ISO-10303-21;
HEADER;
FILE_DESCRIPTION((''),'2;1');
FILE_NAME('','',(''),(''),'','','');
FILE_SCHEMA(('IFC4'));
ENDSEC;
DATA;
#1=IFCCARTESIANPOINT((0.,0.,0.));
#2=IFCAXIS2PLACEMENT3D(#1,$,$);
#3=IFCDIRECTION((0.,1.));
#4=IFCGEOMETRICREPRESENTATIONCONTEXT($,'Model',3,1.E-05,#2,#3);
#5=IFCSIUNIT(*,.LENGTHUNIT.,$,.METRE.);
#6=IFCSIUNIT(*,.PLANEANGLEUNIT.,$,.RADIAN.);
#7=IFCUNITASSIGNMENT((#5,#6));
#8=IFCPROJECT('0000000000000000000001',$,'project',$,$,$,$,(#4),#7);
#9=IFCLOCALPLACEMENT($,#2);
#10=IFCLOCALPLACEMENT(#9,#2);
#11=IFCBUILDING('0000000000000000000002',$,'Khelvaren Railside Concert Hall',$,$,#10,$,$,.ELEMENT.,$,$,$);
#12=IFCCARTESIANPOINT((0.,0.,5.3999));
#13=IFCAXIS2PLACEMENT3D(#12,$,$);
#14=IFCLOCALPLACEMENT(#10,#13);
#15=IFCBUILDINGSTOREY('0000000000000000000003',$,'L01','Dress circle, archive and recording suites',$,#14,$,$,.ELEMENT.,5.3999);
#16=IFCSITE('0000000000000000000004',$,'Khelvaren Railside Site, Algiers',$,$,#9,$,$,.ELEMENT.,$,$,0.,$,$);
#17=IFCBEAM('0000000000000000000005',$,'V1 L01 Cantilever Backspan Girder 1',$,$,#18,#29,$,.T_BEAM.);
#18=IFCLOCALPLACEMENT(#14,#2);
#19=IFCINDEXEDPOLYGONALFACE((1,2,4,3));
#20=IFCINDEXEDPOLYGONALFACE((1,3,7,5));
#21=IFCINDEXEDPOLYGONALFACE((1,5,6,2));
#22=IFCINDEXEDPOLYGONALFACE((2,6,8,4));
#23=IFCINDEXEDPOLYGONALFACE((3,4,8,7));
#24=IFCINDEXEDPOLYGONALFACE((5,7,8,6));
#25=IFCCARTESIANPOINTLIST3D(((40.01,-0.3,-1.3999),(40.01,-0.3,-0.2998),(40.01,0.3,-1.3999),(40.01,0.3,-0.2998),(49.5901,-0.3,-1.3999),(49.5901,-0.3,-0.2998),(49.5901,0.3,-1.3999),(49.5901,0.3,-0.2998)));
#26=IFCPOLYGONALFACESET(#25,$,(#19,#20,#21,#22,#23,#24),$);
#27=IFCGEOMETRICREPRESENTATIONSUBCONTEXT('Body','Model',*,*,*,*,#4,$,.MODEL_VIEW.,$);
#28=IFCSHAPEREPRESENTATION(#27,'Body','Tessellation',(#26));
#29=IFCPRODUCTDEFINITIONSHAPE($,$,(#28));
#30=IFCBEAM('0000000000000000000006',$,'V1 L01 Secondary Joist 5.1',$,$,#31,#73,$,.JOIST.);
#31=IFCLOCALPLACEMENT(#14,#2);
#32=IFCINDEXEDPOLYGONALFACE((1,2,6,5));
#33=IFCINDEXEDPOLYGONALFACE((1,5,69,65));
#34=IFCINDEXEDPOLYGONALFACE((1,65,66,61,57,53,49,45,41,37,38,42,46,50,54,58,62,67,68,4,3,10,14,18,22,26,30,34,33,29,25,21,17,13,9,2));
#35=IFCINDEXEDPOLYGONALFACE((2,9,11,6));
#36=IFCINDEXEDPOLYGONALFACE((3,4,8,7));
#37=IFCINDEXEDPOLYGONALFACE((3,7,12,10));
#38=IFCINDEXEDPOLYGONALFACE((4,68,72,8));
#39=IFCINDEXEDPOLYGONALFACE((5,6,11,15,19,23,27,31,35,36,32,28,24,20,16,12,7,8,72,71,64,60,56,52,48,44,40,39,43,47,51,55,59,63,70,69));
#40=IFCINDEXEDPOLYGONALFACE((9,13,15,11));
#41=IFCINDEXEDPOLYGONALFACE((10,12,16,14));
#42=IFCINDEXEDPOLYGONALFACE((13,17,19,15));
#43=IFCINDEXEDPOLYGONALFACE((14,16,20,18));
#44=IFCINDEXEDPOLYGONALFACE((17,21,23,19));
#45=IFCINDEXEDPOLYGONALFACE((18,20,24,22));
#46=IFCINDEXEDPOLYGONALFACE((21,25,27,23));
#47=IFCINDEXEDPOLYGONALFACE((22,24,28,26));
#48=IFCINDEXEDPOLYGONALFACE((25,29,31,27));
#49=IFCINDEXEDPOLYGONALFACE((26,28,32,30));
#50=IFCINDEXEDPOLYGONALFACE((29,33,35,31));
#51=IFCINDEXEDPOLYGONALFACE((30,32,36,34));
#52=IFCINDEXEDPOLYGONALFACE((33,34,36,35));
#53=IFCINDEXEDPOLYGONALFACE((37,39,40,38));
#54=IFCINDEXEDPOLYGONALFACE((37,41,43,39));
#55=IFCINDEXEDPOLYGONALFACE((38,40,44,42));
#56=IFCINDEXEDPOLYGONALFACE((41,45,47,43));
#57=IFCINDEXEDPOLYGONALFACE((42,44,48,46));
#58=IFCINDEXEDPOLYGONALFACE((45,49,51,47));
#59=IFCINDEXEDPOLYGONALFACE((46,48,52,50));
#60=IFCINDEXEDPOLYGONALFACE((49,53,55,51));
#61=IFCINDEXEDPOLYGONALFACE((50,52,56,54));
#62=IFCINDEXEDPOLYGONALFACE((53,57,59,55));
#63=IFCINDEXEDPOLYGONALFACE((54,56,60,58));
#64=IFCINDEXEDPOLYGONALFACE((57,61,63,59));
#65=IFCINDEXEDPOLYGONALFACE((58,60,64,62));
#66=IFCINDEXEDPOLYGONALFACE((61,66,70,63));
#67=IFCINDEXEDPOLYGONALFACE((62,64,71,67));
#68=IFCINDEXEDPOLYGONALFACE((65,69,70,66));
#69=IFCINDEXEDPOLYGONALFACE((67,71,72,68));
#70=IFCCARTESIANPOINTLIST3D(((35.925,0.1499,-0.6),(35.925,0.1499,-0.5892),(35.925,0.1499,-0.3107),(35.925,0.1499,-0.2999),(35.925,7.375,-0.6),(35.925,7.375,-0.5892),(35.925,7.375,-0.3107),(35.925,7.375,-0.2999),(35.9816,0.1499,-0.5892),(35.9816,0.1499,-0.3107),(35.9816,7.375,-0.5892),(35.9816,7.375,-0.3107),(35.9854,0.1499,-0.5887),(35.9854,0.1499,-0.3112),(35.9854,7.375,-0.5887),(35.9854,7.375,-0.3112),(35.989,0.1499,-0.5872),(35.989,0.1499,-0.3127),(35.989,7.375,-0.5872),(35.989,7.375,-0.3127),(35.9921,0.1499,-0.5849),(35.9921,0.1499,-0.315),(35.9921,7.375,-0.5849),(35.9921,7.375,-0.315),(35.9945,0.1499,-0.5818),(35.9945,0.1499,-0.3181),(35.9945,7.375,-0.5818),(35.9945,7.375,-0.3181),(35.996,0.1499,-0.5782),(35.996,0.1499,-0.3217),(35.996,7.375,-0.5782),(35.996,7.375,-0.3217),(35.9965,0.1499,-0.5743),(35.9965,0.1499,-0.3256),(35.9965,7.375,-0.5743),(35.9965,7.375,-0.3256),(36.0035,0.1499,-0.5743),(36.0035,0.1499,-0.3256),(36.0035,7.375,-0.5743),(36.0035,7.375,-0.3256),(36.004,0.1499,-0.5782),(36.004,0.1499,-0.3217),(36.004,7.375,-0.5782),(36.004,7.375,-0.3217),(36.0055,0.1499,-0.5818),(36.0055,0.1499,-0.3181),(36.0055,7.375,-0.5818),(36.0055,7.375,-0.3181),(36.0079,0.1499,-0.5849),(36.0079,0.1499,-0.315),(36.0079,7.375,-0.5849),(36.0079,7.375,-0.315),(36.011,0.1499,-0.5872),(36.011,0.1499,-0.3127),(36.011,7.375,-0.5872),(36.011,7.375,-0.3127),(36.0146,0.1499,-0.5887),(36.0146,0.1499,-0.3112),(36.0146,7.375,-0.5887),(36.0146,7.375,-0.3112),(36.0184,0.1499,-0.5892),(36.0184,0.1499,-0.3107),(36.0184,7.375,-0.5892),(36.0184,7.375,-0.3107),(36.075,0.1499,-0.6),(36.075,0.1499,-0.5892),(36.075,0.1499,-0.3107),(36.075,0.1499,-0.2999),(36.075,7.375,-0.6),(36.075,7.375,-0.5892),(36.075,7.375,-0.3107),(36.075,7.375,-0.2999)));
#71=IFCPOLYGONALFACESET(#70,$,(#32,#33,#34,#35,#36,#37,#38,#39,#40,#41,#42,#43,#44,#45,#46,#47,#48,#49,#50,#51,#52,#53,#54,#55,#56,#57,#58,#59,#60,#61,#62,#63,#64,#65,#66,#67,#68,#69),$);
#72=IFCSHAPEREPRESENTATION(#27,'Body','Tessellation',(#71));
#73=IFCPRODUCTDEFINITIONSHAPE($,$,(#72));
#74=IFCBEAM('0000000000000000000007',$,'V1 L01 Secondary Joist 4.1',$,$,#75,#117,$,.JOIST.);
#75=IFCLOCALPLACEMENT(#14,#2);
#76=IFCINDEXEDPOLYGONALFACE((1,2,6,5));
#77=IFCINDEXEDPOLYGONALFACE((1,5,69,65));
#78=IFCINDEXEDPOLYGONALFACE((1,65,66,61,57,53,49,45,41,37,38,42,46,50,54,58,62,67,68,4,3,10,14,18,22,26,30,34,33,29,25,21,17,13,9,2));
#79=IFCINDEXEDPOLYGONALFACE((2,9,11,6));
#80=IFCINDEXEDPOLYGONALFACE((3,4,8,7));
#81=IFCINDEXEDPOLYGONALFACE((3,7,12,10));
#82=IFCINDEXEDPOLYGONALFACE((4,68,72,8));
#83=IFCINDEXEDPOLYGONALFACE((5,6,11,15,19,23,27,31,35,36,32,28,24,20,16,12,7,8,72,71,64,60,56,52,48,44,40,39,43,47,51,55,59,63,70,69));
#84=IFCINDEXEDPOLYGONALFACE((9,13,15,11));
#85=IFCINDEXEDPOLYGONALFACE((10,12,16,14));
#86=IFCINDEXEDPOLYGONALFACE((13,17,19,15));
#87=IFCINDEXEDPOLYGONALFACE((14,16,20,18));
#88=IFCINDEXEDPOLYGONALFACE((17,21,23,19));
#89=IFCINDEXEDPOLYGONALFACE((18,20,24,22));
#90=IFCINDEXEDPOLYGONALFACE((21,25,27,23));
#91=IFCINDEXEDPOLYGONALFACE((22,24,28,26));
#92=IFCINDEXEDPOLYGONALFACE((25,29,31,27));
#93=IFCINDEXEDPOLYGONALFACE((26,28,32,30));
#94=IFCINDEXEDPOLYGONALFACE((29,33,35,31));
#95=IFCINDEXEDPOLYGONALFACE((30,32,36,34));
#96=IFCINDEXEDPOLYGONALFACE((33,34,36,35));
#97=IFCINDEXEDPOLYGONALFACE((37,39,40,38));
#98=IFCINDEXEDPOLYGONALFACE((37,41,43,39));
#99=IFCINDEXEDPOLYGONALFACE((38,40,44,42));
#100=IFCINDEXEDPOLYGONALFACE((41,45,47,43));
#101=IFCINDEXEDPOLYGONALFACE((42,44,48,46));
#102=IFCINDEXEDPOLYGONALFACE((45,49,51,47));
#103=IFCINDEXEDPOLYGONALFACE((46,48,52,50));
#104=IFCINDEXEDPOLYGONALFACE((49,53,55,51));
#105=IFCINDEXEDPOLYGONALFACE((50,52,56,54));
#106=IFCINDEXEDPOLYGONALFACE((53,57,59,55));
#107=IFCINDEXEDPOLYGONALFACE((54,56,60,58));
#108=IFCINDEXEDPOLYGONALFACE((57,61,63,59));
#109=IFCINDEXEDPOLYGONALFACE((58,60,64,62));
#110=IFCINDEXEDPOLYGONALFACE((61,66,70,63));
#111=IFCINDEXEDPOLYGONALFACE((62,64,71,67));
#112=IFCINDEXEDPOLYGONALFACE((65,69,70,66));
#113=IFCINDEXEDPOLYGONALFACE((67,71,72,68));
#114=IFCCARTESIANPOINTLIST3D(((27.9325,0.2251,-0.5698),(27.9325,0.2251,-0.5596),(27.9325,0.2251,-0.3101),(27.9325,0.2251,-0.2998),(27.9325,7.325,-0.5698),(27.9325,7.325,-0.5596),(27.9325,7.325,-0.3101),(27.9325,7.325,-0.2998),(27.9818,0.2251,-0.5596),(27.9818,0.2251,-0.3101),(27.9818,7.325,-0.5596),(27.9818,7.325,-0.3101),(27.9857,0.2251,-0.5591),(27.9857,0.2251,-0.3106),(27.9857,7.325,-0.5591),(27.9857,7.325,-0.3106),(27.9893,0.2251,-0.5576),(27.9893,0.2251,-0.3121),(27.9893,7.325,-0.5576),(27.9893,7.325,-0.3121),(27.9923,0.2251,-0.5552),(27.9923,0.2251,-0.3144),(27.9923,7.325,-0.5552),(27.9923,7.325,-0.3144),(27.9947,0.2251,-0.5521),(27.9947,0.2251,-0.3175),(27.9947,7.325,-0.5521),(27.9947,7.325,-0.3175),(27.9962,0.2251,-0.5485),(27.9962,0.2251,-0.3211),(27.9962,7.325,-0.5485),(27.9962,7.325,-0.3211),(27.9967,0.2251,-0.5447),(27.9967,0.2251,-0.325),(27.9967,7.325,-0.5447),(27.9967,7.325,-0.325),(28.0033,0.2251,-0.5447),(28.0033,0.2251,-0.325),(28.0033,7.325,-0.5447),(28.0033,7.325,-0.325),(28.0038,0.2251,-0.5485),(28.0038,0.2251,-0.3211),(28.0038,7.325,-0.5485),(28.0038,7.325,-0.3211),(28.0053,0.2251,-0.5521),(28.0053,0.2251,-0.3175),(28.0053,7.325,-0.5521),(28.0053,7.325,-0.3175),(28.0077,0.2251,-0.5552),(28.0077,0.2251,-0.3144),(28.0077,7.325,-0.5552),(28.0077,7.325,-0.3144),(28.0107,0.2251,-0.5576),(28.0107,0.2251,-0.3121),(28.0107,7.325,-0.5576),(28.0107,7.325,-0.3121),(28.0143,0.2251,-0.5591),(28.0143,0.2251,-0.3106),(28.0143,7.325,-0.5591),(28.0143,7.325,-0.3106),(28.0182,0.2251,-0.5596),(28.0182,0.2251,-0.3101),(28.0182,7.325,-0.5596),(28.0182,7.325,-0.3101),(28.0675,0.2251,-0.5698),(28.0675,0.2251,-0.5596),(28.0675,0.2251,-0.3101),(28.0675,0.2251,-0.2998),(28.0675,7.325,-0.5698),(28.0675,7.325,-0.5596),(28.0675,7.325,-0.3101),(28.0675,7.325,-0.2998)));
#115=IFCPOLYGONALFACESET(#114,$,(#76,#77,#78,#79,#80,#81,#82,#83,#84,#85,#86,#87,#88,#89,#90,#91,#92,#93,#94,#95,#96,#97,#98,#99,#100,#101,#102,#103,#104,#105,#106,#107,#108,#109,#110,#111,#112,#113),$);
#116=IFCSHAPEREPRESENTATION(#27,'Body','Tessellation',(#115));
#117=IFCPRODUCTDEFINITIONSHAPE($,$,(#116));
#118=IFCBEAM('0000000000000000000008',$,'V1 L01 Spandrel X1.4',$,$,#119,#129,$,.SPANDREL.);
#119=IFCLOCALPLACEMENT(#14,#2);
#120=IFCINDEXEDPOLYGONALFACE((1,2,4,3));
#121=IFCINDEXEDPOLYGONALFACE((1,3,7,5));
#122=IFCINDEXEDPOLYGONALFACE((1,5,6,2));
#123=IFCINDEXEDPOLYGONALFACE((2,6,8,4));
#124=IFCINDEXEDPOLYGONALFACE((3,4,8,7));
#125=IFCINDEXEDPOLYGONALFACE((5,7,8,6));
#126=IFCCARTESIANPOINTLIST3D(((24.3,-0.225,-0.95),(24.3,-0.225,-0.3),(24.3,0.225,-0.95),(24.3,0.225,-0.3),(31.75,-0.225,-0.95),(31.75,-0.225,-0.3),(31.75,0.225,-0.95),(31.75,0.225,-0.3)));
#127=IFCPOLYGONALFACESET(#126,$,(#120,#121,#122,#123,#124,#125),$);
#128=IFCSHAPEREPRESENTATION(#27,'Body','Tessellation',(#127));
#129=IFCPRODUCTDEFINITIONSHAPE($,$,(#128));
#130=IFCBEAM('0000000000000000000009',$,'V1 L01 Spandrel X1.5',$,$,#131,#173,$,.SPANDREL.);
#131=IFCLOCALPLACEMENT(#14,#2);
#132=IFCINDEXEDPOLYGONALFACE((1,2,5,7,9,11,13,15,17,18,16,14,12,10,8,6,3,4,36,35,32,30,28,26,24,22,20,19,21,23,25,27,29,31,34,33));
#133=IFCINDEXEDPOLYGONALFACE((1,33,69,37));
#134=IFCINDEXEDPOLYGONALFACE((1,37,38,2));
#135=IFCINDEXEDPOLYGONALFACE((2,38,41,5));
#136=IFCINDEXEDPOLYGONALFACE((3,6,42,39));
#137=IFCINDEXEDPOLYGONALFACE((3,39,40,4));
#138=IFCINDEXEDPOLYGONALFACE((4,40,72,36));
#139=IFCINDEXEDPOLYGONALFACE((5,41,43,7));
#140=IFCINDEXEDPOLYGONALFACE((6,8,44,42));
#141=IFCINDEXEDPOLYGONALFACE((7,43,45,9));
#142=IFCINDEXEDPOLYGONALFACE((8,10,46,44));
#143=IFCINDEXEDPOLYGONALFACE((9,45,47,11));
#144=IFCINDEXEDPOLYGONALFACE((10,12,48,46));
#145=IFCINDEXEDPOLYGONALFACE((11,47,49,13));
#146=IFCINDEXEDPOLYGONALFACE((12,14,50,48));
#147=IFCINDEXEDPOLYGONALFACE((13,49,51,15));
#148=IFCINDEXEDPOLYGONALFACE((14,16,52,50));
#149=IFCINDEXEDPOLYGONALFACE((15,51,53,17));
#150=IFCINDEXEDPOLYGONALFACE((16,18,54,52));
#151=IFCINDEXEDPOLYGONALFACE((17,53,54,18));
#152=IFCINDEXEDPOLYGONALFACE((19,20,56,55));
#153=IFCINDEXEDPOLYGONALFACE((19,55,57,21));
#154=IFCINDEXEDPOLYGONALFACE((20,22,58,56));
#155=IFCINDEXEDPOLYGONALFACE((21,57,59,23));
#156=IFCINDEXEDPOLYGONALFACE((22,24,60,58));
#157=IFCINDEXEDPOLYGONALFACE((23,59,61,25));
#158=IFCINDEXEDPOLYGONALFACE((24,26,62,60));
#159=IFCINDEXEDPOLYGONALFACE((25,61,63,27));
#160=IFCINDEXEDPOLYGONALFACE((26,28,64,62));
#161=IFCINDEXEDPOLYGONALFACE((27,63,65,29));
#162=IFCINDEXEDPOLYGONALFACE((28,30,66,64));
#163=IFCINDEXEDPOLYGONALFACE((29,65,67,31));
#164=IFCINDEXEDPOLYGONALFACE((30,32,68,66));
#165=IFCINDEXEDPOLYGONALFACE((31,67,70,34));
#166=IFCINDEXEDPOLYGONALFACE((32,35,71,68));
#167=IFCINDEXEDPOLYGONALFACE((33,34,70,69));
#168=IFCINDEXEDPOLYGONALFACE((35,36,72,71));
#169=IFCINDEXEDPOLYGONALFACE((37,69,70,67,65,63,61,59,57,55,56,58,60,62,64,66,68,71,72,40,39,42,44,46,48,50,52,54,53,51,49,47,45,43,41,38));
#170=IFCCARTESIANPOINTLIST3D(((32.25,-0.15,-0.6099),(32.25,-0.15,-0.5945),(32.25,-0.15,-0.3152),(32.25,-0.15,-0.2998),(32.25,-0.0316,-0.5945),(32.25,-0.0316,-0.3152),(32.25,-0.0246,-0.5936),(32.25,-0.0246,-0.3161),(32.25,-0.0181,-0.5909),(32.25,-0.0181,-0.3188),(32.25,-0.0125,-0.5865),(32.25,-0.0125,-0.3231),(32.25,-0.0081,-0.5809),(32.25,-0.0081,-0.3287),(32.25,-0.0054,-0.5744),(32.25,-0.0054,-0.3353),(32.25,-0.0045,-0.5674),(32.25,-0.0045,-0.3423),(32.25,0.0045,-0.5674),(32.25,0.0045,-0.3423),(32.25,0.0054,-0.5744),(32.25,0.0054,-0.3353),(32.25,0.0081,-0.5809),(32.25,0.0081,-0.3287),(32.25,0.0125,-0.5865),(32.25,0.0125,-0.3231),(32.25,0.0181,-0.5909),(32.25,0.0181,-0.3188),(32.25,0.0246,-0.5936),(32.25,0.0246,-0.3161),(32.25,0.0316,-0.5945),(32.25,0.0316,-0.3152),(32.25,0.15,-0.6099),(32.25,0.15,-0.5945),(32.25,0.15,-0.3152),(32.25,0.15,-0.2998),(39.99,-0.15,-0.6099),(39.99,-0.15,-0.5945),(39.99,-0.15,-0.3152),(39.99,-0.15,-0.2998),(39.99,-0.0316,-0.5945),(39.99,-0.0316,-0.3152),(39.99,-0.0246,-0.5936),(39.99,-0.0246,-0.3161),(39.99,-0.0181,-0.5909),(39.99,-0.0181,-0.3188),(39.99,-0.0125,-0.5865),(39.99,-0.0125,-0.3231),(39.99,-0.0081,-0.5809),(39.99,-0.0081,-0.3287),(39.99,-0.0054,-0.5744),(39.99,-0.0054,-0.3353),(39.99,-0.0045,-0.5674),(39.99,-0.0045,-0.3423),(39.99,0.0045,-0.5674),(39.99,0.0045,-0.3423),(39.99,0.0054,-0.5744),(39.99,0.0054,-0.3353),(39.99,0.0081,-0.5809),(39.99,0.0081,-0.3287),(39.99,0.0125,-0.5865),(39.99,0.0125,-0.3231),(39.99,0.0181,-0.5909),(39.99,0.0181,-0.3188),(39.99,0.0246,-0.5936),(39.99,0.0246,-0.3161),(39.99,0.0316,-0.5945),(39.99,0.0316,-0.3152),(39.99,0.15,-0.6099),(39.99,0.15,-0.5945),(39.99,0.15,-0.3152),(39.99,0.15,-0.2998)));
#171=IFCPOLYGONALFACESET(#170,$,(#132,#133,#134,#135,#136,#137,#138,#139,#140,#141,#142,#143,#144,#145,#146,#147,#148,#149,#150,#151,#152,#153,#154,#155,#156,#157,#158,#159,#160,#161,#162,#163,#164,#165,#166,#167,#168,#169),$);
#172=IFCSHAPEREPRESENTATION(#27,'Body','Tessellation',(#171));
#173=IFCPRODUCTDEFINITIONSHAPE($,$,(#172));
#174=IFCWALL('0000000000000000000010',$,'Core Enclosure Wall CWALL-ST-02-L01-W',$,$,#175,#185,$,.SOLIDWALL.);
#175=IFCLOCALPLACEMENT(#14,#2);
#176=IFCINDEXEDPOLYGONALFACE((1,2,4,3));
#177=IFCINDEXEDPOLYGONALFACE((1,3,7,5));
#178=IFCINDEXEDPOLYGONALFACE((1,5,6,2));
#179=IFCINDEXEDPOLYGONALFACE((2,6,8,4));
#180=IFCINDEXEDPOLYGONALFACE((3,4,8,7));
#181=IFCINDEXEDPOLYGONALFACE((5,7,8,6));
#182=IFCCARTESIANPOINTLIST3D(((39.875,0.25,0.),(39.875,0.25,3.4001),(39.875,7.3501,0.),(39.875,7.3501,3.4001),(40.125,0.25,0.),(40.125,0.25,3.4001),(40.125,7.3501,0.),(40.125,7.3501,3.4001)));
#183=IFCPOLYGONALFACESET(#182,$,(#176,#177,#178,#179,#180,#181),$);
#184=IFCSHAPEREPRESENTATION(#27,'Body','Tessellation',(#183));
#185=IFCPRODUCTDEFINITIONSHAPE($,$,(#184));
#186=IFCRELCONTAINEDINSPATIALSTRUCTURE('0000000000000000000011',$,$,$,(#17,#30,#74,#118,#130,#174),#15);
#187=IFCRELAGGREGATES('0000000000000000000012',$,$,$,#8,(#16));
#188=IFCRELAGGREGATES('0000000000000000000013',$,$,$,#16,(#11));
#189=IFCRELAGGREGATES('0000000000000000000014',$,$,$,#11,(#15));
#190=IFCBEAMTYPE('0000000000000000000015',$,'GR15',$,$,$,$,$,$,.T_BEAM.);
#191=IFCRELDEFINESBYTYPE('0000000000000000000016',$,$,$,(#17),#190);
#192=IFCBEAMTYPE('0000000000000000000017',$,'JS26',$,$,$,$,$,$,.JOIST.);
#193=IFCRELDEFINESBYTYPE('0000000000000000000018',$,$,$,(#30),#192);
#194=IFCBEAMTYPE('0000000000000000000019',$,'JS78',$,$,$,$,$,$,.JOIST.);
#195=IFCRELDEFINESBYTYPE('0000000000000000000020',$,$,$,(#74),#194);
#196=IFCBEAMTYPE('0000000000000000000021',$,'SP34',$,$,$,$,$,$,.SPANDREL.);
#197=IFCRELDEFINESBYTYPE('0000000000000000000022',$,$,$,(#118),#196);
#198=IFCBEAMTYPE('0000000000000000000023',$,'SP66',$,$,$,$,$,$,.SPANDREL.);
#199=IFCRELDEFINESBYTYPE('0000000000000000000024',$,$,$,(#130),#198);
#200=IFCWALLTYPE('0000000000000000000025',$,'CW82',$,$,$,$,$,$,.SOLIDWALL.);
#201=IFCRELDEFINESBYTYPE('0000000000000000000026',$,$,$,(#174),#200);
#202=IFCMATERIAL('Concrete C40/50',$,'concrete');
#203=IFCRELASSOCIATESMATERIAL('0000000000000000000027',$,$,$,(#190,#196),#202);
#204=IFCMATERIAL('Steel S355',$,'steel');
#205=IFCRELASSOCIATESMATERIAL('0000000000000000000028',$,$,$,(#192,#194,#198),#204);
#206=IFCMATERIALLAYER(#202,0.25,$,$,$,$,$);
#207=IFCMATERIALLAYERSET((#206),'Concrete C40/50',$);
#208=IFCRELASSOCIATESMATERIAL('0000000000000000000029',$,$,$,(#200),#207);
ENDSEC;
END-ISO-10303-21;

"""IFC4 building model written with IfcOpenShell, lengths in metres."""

from ifc_helpers import new_model, si_unit, direction, frame, frame_2d, origin, origin_2d, place, context, subcontext, project, spatial, rectangle, i_section, extrude, material, layer, layer_set, material_profile, profile_set, type_object, element, save


model = new_model("IFC4")

# Units and contexts
model_context = context("Model", 3, precision=1e-05, world=origin(), true_north=direction((0.0, 1.0)))
body_context = subcontext(model_context, "Body", "Model", "MODEL_VIEW")
ifc_project = project(units=[si_unit("LENGTHUNIT", "METRE"), si_unit("PLANEANGLEUNIT", "RADIAN")], contexts=[model_context])

# Site, building, storey
site_placement = place(None, origin())
site = spatial("IfcSite", under=ifc_project, at=site_placement, Name="Khelvaren Railside Site, Algiers", CompositionType="ELEMENT", RefElevation=0.0)
building_placement = place(site_placement, origin())
building = spatial("IfcBuilding", under=site, at=building_placement, Name="Khelvaren Railside Concert Hall", CompositionType="ELEMENT")
storey_placement = place(building_placement, frame((0.0, 0.0, 5.3999)))
storey = spatial("IfcBuildingStorey", under=building, at=storey_placement, Name="L01", Description="Dress circle, archive and recording suites", CompositionType="ELEMENT", Elevation=5.3999)

# Shared definitions
ifc_material_1 = material(Name="Steel S355", Category="steel")

# Beams
ifc_material_2 = material(Name="Concrete C40/50", Category="concrete")
ifc_material_profile_1 = material_profile(ifc_material_2, rectangle(XDim=0.6001, YDim=1.1001, at=origin_2d()), Name="RCB 600x1100")
ifc_profile_set_1 = profile_set([ifc_material_profile_1], Name="Concrete C40/50")
beam_type_1 = type_object("IfcBeamType", Name="GR15", PredefinedType="T_BEAM", material=ifc_profile_set_1)
beam_1_placement = place(storey_placement, frame((40.01, 0.0, -0.8499), z_axis=(1.0, 0.0, 0.0), x_axis=(0.0, 1.0, 0.0)))
element("IfcBeam", 1, at=beam_1_placement, inside=storey, type_object=beam_type_1, Name="V1 L01 Cantilever Backspan Girder 1", PredefinedType="T_BEAM", context=body_context, shape_type="SweptSolid", body=[
    extrude(rectangle(XDim=0.6001, YDim=1.1001, at=origin_2d()), origin(), (0.0, 0.0, 1.0), 9.5801),
])
ifc_material_profile_2 = material_profile(ifc_material_1, i_section(OverallWidth=0.1499, OverallDepth=0.3, WebThickness=0.0071, FlangeThickness=0.0107, FilletRadius=0.0149, at=origin_2d()), Name="IPE 300")
ifc_profile_set_2 = profile_set([ifc_material_profile_2], Name="Steel S355")
beam_type_2 = type_object("IfcBeamType", Name="JS26", PredefinedType="JOIST", material=ifc_profile_set_2)
beam_2_placement = place(storey_placement, frame((36.0, 0.1499, -0.45), z_axis=(0.0, 1.0, 0.0), x_axis=(-1.0, 0.0, 0.0)))
element("IfcBeam", 2, at=beam_2_placement, inside=storey, type_object=beam_type_2, Name="V1 L01 Secondary Joist 5.1", PredefinedType="JOIST", context=body_context, shape_type="SweptSolid", body=[
    extrude(i_section(OverallWidth=0.1499, OverallDepth=0.3, WebThickness=0.0071, FlangeThickness=0.0107, FilletRadius=0.0149, at=origin_2d()), origin(), (0.0, 0.0, 1.0), 7.2251),
])
ifc_material_profile_3 = material_profile(ifc_material_1, i_section(OverallWidth=0.135, OverallDepth=0.27, WebThickness=0.0066, FlangeThickness=0.0103, FilletRadius=0.0149, at=origin_2d()), Name="IPE 270")
ifc_profile_set_3 = profile_set([ifc_material_profile_3], Name="Steel S355")
beam_type_3 = type_object("IfcBeamType", Name="JS78", PredefinedType="JOIST", material=ifc_profile_set_3)
beam_3_placement = place(storey_placement, frame((28.0, 0.2251, -0.4348), z_axis=(0.0, 1.0, 0.0), x_axis=(-1.0, 0.0, 0.0)))
element("IfcBeam", 3, at=beam_3_placement, inside=storey, type_object=beam_type_3, Name="V1 L01 Secondary Joist 4.1", PredefinedType="JOIST", context=body_context, shape_type="SweptSolid", body=[
    extrude(i_section(OverallWidth=0.135, OverallDepth=0.27, WebThickness=0.0066, FlangeThickness=0.0103, FilletRadius=0.0149, at=origin_2d()), origin(), (0.0, 0.0, 1.0), 7.0999),
])
ifc_material_profile_4 = material_profile(ifc_material_2, rectangle(XDim=0.45, YDim=0.6499, at=origin_2d()), Name="RCB 450x650")
ifc_profile_set_4 = profile_set([ifc_material_profile_4], Name="Concrete C40/50")
beam_type_4 = type_object("IfcBeamType", Name="SP34", PredefinedType="SPANDREL", material=ifc_profile_set_4)
beam_4_placement = place(storey_placement, frame((24.3, 0.0, -0.625), z_axis=(1.0, 0.0, 0.0), x_axis=(0.0, 1.0, 0.0)))
element("IfcBeam", 4, at=beam_4_placement, inside=storey, type_object=beam_type_4, Name="V1 L01 Spandrel X1.4", PredefinedType="SPANDREL", context=body_context, shape_type="SweptSolid", body=[
    extrude(rectangle(XDim=0.45, YDim=0.6499, at=origin_2d()), origin(), (0.0, 0.0, 1.0), 7.45),
])
ifc_material_profile_5 = material_profile(ifc_material_1, i_section(OverallWidth=0.3, OverallDepth=0.3101, WebThickness=0.009, FlangeThickness=0.0154, FilletRadius=0.0271, at=origin_2d()), Name="HEA 320")
ifc_profile_set_5 = profile_set([ifc_material_profile_5], Name="Steel S355")
beam_type_5 = type_object("IfcBeamType", Name="SP66", PredefinedType="SPANDREL", material=ifc_profile_set_5)
beam_5_placement = place(storey_placement, frame((32.25, 0.0, -0.4548), z_axis=(1.0, 0.0, 0.0), x_axis=(0.0, 1.0, 0.0)))
element("IfcBeam", 5, at=beam_5_placement, inside=storey, type_object=beam_type_5, Name="V1 L01 Spandrel X1.5", PredefinedType="SPANDREL", context=body_context, shape_type="SweptSolid", body=[
    extrude(i_section(OverallWidth=0.3, OverallDepth=0.3101, WebThickness=0.009, FlangeThickness=0.0154, FilletRadius=0.0271, at=origin_2d()), origin(), (0.0, 0.0, 1.0), 7.74),
])

# Wall
ifc_layer_1 = layer(ifc_material_2, 0.25)
ifc_layer_set_1 = layer_set([ifc_layer_1], Name="Concrete C40/50")
wall_type_1 = type_object("IfcWallType", Name="CW82", PredefinedType="SOLIDWALL", material=ifc_layer_set_1)
wall_1_placement = place(storey_placement, frame((40.0, 0.25, 0.0), z_axis=(0.0, 0.0, 1.0), x_axis=(0.0, 1.0, 0.0)))
element("IfcWall", 6, at=wall_1_placement, inside=storey, type_object=wall_type_1, Name="Core Enclosure Wall CWALL-ST-02-L01-W", PredefinedType="SOLIDWALL", context=body_context, shape_type="SweptSolid", body=[
    extrude(rectangle(XDim=7.1001, YDim=0.25, at=frame_2d((3.55, 0.0))), origin(), (0.0, 0.0, 1.0), 3.4001),
])

save(model, "model.ifc")
